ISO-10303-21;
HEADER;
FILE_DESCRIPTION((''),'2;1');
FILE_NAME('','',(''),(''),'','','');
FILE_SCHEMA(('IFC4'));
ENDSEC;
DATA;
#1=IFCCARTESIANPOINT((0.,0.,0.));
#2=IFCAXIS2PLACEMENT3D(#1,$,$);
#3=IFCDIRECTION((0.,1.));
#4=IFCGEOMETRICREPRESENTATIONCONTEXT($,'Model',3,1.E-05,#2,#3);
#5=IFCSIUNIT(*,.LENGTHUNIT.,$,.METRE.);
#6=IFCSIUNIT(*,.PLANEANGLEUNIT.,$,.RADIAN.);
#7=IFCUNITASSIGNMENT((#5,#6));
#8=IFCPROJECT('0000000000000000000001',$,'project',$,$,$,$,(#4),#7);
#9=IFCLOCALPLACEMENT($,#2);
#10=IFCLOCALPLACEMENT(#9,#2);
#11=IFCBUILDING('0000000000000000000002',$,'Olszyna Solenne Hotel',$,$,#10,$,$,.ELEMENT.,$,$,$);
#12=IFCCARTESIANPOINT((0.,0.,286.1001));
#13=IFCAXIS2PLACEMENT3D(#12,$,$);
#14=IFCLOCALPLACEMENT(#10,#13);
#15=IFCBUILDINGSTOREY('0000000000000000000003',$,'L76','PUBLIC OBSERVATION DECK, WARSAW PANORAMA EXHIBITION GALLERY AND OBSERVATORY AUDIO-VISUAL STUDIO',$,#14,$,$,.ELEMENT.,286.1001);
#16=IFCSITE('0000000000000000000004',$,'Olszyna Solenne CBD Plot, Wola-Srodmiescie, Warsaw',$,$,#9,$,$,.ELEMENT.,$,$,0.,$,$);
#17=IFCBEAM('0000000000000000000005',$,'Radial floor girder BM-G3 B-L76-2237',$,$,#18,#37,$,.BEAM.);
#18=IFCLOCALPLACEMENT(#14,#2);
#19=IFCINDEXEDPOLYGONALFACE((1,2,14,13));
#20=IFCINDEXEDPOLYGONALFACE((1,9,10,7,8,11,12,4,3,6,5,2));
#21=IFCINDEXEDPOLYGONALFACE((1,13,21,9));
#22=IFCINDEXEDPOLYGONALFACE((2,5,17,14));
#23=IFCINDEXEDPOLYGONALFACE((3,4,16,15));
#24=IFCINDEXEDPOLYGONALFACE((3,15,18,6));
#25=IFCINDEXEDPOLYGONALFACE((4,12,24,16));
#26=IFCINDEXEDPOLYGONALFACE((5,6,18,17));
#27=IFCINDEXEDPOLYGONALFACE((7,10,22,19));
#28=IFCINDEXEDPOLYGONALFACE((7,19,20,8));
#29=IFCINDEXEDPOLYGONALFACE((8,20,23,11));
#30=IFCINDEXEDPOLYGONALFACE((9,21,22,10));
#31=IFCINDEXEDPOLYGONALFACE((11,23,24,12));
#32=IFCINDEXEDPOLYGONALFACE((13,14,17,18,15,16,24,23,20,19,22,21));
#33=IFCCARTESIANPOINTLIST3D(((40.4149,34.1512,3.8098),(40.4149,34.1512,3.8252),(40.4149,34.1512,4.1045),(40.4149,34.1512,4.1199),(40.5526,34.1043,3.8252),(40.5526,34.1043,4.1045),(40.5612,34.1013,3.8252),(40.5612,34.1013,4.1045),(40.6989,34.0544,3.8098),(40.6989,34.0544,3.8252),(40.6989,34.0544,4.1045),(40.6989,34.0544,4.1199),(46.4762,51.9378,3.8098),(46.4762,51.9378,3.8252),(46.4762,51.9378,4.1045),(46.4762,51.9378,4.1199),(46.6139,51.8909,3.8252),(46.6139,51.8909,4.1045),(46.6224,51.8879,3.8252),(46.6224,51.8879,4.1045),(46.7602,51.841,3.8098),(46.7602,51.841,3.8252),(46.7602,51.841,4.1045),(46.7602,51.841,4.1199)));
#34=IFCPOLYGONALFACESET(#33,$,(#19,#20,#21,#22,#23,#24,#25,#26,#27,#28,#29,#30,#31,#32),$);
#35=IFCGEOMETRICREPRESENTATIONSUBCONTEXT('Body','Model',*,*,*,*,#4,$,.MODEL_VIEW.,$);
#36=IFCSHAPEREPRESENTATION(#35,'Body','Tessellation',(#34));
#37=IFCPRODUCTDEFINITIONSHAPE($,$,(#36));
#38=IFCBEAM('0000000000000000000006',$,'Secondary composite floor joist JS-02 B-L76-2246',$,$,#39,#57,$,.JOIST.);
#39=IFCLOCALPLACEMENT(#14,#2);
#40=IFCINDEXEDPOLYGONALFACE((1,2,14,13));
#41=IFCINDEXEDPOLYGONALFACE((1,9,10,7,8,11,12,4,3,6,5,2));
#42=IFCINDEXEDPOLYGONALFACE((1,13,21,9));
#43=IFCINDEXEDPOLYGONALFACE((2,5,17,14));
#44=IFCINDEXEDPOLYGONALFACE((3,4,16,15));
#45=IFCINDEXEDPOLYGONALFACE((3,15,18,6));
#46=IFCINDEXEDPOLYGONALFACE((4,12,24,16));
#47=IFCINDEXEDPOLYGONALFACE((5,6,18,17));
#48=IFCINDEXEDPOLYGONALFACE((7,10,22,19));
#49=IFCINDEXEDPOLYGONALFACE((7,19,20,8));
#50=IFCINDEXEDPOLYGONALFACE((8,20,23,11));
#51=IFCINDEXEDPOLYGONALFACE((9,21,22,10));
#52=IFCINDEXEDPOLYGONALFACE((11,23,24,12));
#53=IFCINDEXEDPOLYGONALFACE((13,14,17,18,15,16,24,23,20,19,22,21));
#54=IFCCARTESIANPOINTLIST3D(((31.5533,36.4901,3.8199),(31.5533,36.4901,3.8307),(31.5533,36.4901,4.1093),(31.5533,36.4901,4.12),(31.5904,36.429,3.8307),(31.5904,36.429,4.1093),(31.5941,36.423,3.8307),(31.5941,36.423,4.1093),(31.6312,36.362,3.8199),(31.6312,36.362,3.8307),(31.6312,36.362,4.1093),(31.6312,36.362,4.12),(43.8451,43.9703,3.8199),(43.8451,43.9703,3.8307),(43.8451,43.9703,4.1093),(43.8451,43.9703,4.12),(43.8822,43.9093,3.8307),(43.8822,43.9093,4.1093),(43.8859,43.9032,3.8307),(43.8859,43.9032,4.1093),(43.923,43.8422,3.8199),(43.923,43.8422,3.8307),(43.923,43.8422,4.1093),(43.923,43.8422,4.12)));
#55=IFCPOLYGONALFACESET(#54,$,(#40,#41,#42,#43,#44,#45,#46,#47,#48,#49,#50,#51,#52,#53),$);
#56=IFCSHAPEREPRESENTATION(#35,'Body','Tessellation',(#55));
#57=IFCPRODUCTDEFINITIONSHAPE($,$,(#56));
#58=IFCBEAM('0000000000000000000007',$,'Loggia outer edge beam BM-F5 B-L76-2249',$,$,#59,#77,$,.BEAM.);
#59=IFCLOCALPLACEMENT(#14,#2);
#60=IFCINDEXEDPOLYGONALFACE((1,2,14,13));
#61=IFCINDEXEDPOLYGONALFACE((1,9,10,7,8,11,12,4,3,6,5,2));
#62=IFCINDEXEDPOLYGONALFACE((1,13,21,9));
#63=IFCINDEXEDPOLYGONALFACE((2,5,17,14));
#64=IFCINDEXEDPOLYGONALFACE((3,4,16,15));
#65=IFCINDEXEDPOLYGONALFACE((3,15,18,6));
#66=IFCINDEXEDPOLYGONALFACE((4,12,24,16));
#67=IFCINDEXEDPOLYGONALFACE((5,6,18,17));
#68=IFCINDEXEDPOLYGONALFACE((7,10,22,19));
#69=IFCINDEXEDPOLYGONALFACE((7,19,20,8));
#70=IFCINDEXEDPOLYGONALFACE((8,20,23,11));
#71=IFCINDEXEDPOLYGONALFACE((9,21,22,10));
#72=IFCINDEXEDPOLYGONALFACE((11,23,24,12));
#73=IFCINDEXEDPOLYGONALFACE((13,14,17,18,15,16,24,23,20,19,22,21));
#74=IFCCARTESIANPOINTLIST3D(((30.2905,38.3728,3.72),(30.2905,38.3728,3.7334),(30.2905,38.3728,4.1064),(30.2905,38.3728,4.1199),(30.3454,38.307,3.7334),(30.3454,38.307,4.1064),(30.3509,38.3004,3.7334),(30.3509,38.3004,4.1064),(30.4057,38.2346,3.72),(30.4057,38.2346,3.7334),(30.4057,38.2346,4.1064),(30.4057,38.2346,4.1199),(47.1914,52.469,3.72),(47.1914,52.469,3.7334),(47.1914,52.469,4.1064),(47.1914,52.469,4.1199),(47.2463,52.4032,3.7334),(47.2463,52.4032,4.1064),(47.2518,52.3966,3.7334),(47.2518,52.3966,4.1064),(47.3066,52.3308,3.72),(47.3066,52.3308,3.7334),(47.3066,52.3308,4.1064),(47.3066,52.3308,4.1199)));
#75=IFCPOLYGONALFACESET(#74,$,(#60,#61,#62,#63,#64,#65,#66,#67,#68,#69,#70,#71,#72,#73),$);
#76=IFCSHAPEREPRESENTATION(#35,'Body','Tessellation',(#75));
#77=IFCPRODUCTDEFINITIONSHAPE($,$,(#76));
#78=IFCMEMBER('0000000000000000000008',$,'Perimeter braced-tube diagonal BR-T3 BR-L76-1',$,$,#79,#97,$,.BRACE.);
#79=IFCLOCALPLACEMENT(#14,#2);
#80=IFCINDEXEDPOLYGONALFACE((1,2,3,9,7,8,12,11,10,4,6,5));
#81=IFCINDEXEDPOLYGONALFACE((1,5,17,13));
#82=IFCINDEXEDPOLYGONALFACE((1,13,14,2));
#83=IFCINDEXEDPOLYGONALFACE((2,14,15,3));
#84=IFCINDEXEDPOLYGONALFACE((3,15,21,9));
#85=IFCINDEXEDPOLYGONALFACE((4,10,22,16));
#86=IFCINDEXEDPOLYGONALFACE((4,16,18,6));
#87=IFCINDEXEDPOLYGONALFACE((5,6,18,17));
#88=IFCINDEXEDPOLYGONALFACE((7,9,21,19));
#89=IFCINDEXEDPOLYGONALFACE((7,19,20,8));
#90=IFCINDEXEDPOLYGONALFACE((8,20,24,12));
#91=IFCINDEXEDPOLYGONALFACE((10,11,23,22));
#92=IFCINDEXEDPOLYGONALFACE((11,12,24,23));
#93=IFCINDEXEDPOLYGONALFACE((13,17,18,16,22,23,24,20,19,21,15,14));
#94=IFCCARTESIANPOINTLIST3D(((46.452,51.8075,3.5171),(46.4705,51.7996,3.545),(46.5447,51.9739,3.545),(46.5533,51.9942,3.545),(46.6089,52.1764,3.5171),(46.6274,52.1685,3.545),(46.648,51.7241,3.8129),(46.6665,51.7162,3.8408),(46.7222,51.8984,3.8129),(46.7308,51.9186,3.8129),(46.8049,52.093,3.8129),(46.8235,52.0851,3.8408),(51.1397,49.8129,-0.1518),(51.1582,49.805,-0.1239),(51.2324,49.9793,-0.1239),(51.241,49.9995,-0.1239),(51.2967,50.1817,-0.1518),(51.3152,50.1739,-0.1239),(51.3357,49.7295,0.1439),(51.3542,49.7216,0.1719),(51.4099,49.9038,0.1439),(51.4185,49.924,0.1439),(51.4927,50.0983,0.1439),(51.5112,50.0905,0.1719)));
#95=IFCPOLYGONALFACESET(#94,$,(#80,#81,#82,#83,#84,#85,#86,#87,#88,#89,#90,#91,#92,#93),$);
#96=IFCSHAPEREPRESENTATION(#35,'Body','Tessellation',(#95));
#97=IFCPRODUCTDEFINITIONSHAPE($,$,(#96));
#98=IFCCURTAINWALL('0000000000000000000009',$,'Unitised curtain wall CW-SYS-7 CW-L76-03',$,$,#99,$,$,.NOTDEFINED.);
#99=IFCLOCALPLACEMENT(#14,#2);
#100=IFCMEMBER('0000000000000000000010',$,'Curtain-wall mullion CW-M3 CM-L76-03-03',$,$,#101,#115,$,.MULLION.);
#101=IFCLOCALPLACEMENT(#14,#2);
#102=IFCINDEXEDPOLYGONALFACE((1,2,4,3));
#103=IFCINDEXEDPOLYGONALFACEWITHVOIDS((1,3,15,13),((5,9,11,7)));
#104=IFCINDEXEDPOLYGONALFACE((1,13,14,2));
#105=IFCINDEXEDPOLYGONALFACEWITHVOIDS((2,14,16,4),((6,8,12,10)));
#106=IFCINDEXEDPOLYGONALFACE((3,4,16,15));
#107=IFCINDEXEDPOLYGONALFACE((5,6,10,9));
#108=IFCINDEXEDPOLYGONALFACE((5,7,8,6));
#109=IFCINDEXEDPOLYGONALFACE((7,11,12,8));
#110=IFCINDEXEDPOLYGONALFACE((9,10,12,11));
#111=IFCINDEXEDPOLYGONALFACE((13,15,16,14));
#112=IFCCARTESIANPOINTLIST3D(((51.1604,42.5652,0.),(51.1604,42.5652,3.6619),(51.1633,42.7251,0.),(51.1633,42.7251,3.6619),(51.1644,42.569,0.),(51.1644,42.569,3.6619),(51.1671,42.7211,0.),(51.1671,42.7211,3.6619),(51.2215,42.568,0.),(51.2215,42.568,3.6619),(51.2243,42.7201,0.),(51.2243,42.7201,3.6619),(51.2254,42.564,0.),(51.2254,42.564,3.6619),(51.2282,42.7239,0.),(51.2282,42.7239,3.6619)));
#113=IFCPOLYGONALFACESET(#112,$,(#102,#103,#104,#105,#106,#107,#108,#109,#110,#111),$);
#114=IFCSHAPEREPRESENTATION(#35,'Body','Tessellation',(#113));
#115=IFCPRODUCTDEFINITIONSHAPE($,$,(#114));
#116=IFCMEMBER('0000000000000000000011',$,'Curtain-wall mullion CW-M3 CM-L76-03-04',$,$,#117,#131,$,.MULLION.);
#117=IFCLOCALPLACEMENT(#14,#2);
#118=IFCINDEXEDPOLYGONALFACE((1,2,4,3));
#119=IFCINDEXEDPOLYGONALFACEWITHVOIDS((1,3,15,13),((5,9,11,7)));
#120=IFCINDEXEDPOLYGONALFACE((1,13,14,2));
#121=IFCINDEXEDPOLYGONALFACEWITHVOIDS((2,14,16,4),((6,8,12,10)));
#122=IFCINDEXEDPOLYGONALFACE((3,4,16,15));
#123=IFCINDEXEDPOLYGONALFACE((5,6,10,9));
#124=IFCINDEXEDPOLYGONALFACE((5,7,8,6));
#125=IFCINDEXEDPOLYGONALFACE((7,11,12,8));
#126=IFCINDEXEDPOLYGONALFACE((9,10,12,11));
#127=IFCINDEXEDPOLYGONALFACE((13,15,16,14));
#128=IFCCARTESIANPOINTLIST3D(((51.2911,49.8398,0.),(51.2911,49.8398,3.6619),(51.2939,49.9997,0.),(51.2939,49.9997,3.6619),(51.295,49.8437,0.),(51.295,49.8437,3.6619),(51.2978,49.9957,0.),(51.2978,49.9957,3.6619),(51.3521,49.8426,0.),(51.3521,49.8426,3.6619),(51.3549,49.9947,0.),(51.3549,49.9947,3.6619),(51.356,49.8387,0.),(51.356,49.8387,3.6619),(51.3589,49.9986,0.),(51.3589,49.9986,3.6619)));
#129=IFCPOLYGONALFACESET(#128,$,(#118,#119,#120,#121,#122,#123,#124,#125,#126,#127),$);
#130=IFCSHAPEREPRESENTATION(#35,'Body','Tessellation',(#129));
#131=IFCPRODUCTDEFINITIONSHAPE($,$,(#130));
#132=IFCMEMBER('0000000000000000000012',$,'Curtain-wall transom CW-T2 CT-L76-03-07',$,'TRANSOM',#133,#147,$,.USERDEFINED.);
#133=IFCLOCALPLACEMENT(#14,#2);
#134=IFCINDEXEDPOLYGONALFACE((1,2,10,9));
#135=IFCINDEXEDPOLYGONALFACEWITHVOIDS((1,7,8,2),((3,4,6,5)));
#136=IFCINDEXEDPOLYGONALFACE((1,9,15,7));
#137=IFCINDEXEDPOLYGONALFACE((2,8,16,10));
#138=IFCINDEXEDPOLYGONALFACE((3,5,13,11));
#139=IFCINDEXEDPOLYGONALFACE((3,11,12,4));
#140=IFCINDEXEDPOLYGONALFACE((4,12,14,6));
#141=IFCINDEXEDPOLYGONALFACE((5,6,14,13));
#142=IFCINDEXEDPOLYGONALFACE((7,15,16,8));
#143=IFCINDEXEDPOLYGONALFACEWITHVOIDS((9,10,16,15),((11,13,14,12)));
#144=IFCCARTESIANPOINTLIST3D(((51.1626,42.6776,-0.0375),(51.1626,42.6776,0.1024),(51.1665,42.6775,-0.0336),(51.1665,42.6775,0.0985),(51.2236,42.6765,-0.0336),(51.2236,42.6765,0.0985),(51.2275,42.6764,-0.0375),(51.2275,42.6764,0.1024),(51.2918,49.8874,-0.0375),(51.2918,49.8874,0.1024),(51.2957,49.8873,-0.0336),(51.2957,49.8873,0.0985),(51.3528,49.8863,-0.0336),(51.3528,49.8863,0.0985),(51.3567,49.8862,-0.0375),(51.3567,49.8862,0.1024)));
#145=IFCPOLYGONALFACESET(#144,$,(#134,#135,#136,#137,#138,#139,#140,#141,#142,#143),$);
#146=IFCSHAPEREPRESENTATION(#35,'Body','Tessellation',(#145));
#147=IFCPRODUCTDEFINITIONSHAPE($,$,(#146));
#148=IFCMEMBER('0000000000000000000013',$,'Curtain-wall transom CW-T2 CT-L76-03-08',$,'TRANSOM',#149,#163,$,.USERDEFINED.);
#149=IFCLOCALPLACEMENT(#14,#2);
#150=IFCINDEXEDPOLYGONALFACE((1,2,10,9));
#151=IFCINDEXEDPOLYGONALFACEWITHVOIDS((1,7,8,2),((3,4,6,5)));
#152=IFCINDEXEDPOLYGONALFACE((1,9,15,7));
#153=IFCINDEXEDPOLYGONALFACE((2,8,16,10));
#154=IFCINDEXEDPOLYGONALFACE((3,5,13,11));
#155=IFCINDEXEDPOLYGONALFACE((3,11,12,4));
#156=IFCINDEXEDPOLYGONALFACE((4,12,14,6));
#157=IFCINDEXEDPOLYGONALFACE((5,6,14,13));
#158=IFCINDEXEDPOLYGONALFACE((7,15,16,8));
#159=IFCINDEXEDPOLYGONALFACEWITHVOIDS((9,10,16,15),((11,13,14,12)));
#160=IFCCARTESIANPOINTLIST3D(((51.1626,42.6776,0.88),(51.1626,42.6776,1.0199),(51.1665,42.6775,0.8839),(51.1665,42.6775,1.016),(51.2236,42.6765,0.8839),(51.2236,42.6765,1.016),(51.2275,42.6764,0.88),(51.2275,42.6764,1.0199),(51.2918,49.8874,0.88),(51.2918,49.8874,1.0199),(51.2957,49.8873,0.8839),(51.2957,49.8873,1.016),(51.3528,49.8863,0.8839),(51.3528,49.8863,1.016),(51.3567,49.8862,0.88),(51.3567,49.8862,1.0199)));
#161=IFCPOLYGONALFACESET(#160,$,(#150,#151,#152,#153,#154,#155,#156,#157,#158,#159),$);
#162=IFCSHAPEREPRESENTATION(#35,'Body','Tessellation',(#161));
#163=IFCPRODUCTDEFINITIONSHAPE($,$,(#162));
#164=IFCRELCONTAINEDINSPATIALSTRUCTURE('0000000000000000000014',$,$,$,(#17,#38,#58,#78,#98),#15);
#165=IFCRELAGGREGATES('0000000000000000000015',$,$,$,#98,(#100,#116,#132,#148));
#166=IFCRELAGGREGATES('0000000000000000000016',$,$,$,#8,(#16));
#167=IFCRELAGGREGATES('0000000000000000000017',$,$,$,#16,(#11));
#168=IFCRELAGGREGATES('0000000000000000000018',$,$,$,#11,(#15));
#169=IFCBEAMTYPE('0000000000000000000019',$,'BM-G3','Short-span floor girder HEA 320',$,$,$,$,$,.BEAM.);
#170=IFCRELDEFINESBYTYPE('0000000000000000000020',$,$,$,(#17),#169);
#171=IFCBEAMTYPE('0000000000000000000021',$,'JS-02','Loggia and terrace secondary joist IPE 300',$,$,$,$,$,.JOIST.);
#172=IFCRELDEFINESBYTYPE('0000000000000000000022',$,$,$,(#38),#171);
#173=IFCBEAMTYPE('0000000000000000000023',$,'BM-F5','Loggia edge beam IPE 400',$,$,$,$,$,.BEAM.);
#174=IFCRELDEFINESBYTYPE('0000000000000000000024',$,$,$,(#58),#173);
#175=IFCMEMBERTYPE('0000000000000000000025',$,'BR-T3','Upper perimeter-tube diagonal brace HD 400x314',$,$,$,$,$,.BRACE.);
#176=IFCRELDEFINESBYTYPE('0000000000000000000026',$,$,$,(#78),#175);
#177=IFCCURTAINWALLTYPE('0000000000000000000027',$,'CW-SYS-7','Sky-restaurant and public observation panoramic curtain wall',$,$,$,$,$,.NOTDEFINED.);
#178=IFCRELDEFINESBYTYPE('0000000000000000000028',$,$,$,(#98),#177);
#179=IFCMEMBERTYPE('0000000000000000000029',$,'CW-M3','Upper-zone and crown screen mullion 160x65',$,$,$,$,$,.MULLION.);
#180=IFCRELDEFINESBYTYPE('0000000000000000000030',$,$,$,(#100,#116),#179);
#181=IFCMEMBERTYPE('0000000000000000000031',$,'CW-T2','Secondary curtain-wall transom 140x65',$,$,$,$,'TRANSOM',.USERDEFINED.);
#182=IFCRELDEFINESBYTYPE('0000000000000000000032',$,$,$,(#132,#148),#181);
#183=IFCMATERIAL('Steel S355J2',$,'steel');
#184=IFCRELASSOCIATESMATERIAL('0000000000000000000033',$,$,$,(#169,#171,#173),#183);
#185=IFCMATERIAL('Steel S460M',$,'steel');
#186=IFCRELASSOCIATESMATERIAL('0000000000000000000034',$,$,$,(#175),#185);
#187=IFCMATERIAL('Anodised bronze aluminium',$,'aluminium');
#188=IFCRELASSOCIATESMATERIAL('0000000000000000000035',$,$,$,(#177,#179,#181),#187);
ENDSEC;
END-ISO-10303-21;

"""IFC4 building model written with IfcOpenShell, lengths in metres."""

from ifc_helpers import new_model, si_unit, direction, frame, origin, origin_2d, place, context, subcontext, project, spatial, hollow_rectangle, i_section, extrude, source, transform, mapped, material, material_profile, profile_set, type_object, element, aggregate, save


model = new_model("IFC4")

# Units and contexts
model_context = context("Model", 3, precision=1e-05, world=origin(), true_north=direction((0.0, 1.0)))
body_context = subcontext(model_context, "Body", "Model", "MODEL_VIEW")
ifc_project = project(units=[si_unit("LENGTHUNIT", "METRE"), si_unit("PLANEANGLEUNIT", "RADIAN")], contexts=[model_context])

# Site, building, storey
site_placement = place(None, origin())
site = spatial("IfcSite", under=ifc_project, at=site_placement, Name="Olszyna Solenne CBD Plot, Wola-Srodmiescie, Warsaw", CompositionType="ELEMENT", RefElevation=0.0)
building_placement = place(site_placement, origin())
building = spatial("IfcBuilding", under=site, at=building_placement, Name="Olszyna Solenne Hotel", CompositionType="ELEMENT")
storey_placement = place(building_placement, frame((0.0, 0.0, 286.1001)))
storey = spatial("IfcBuildingStorey", under=building, at=storey_placement, Name="L76", Description="PUBLIC OBSERVATION DECK, WARSAW PANORAMA EXHIBITION GALLERY AND OBSERVATORY AUDIO-VISUAL STUDIO", CompositionType="ELEMENT", Elevation=286.1001)

# Shared definitions
ifc_material_1 = material(Name="Steel S460M", Category="steel")
ifc_material_2 = material(Name="Steel S355J2", Category="steel")

# Beams
ifc_material_profile_1 = material_profile(ifc_material_2, i_section(OverallWidth=0.3, OverallDepth=0.3101, WebThickness=0.009, FlangeThickness=0.0154, at=origin_2d()), Name="HEA 320", Category="load-bearing")
ifc_profile_set_1 = profile_set([ifc_material_profile_1], Name="Steel S355J2")
beam_type_1 = type_object("IfcBeamType", Name="BM-G3", Description="Short-span floor girder HEA 320", PredefinedType="BEAM", material=ifc_profile_set_1)
shared_shape_1 = source(origin(), body_context, "Body", "SweptSolid", [
    extrude(i_section(OverallWidth=0.3, OverallDepth=0.3101, WebThickness=0.009, FlangeThickness=0.0154, at=origin_2d()), origin(), (0.0, 0.0, 1.0), 18.791),
])
beam_1_placement = place(storey_placement, frame((46.6182, 51.8894, 3.9648), z_axis=(-0.322562, -0.946548, 0.0), x_axis=(0.946548, -0.322562, 0.0)))
element("IfcBeam", 1, at=beam_1_placement, inside=storey, type_object=beam_type_1, Name="Radial floor girder BM-G3 B-L76-2237", PredefinedType="BEAM", context=body_context, shape_type="MappedRepresentation", body=[
    mapped(shared_shape_1, transform((0.0, 0.0, 0.0), x_axis=(1.0, 0.0, 0.0), y_axis=(0.0, 1.0, 0.0), z_axis=(0.0, 0.0, 1.0), scale=1.0)),
])
ifc_material_profile_2 = material_profile(ifc_material_2, i_section(OverallWidth=0.1499, OverallDepth=0.3, WebThickness=0.0071, FlangeThickness=0.0107, at=origin_2d()), Name="IPE 300", Category="load-bearing")
ifc_profile_set_2 = profile_set([ifc_material_profile_2], Name="Steel S355J2")
beam_type_2 = type_object("IfcBeamType", Name="JS-02", Description="Loggia and terrace secondary joist IPE 300", PredefinedType="JOIST", material=ifc_profile_set_2)
shared_shape_2 = source(origin(), body_context, "Body", "SweptSolid", [
    extrude(i_section(OverallWidth=0.1499, OverallDepth=0.3, WebThickness=0.0071, FlangeThickness=0.0107, at=origin_2d()), origin(), (0.0, 0.0, 1.0), 14.3889),
])
beam_2_placement = place(storey_placement, frame((43.884, 43.9062, 3.97), z_axis=(-0.854251, -0.51986, 0.0), x_axis=(0.51986, -0.854251, 0.0)))
element("IfcBeam", 2, at=beam_2_placement, inside=storey, type_object=beam_type_2, Name="Secondary composite floor joist JS-02 B-L76-2246", PredefinedType="JOIST", context=body_context, shape_type="MappedRepresentation", body=[
    mapped(shared_shape_2, transform((0.0, 0.0, 0.0), x_axis=(1.0, 0.0, 0.0), y_axis=(0.0, 1.0, 0.0), z_axis=(0.0, 0.0, 1.0), scale=1.0)),
])
ifc_material_profile_3 = material_profile(ifc_material_2, i_section(OverallWidth=0.1799, OverallDepth=0.3999, WebThickness=0.0085, FlangeThickness=0.0134, at=origin_2d()), Name="IPE 400", Category="load-bearing")
ifc_profile_set_3 = profile_set([ifc_material_profile_3], Name="Steel S355J2")
beam_type_3 = type_object("IfcBeamType", Name="BM-F5", Description="Loggia edge beam IPE 400", PredefinedType="BEAM", material=ifc_profile_set_3)
shared_shape_3 = source(origin(), body_context, "Body", "SweptSolid", [
    extrude(i_section(OverallWidth=0.1799, OverallDepth=0.3999, WebThickness=0.0085, FlangeThickness=0.0134, at=origin_2d()), origin(), (0.0, 0.0, 1.0), 22.0078),
])
beam_3_placement = place(storey_placement, frame((47.249, 52.3999, 3.9199), z_axis=(-0.76795, -0.64051, 0.0), x_axis=(0.64051, -0.76795, 0.0)))
element("IfcBeam", 3, at=beam_3_placement, inside=storey, type_object=beam_type_3, Name="Loggia outer edge beam BM-F5 B-L76-2249", PredefinedType="BEAM", context=body_context, shape_type="MappedRepresentation", body=[
    mapped(shared_shape_3, transform((0.0, 0.0, 0.0), x_axis=(1.0, 0.0, 0.0), y_axis=(0.0, 1.0, 0.0), z_axis=(0.0, 0.0, 1.0), scale=1.0)),
])

# Member
ifc_material_profile_4 = material_profile(ifc_material_1, i_section(OverallWidth=0.4009, OverallDepth=0.3989, WebThickness=0.022, FlangeThickness=0.0344, at=origin_2d()), Name="HD 400x314", Category="load-bearing")
ifc_profile_set_4 = profile_set([ifc_material_profile_4], Name="Steel S460M")
member_type_1 = type_object("IfcMemberType", Name="BR-T3", Description="Upper perimeter-tube diagonal brace HD 400x314", PredefinedType="BRACE", material=ifc_profile_set_4)
shared_shape_4 = source(origin(), body_context, "Body", "SweptSolid", [
    extrude(i_section(OverallWidth=0.4009, OverallDepth=0.3989, WebThickness=0.022, FlangeThickness=0.0344, at=origin_2d()), origin(), (0.0, 0.0, 1.0), 6.2781),
])
member_1_placement = place(storey_placement, frame((51.3254, 49.9517, 0.01), z_axis=(-0.746681, 0.317712, 0.584403), x_axis=(-0.391529, -0.920166, 0.0)))
element("IfcMember", 4, at=member_1_placement, inside=storey, type_object=member_type_1, Name="Perimeter braced-tube diagonal BR-T3 BR-L76-1", PredefinedType="BRACE", context=body_context, shape_type="MappedRepresentation", body=[
    mapped(shared_shape_4, transform((0.0, 0.0, 0.0), x_axis=(1.0, 0.0, 0.0), y_axis=(0.0, 1.0, 0.0), z_axis=(0.0, 0.0, 1.0), scale=1.0)),
])

# Curtain wall, members
ifc_material_3 = material(Name="Anodised bronze aluminium", Category="aluminium")
curtain_wall_type = type_object("IfcCurtainWallType", Name="CW-SYS-7", Description="Sky-restaurant and public observation panoramic curtain wall", PredefinedType="NOTDEFINED", material=ifc_material_3)
curtain_wall_placement = place(storey_placement, origin())
curtain_wall = element("IfcCurtainWall", 5, at=curtain_wall_placement, inside=storey, type_object=curtain_wall_type, Name="Unitised curtain wall CW-SYS-7 CW-L76-03", PredefinedType="NOTDEFINED")
ifc_material_profile_5 = material_profile(ifc_material_3, hollow_rectangle(XDim=0.0649, YDim=0.1599, WallThickness=0.0039, at=origin_2d()), Name="MULL 160x65x4", Category="load-bearing")
ifc_profile_set_5 = profile_set([ifc_material_profile_5], Name="Anodised bronze aluminium")
member_type_2 = type_object("IfcMemberType", Name="CW-M3", Description="Upper-zone and crown screen mullion 160x65", PredefinedType="MULLION", material=ifc_profile_set_5)
shared_shape_5 = source(origin(), body_context, "Body", "SweptSolid", [
    extrude(hollow_rectangle(XDim=0.0649, YDim=0.1599, WallThickness=0.0039, at=origin_2d()), origin(), (0.0, 0.0, 1.0), 3.6619),
])
member_2_placement = place(storey_placement, frame((51.1943, 42.6445, 0.0), z_axis=(0.0, 0.0, 1.0), x_axis=(-0.999839, 0.017934, 0.0)))
member_2 = element("IfcMember", 6, at=member_2_placement, type_object=member_type_2, Name="Curtain-wall mullion CW-M3 CM-L76-03-03", PredefinedType="MULLION", context=body_context, shape_type="MappedRepresentation", body=[
    mapped(shared_shape_5, transform((0.0, 0.0, 0.0), x_axis=(1.0, 0.0, 0.0), y_axis=(0.0, 1.0, 0.0), z_axis=(0.0, 0.0, 1.0), scale=1.0)),
])
member_3_placement = place(storey_placement, frame((51.325, 49.9192, 0.0), z_axis=(0.0, 0.0, 1.0), x_axis=(-0.999839, 0.017934, 0.0)))
member_3 = element("IfcMember", 7, at=member_3_placement, type_object=member_type_2, Name="Curtain-wall mullion CW-M3 CM-L76-03-04", PredefinedType="MULLION", context=body_context, shape_type="MappedRepresentation", body=[
    mapped(shared_shape_5, transform((0.0, 0.0, 0.0), x_axis=(1.0, 0.0, 0.0), y_axis=(0.0, 1.0, 0.0), z_axis=(0.0, 0.0, 1.0), scale=1.0)),
])
ifc_material_profile_6 = material_profile(ifc_material_3, hollow_rectangle(XDim=0.0649, YDim=0.1399, WallThickness=0.0039, at=origin_2d()), Name="TRAN 140x65x4", Category="load-bearing")
ifc_profile_set_6 = profile_set([ifc_material_profile_6], Name="Anodised bronze aluminium")
member_type_3 = type_object("IfcMemberType", Name="CW-T2", Description="Secondary curtain-wall transom 140x65", ElementType="TRANSOM", PredefinedType="USERDEFINED", material=ifc_profile_set_6)
shared_shape_6 = source(origin(), body_context, "Body", "SweptSolid", [
    extrude(hollow_rectangle(XDim=0.0649, YDim=0.1399, WallThickness=0.0039, at=origin_2d()), origin(), (0.0, 0.0, 1.0), 7.2109),
])
member_4_placement = place(storey_placement, frame((51.1951, 42.677, 0.0325), z_axis=(0.017911, 0.99984, 0.0), x_axis=(-0.99984, 0.017911, 0.0)))
member_4 = element("IfcMember", 8, at=member_4_placement, type_object=member_type_3, Name="Curtain-wall transom CW-T2 CT-L76-03-07", ObjectType="TRANSOM", PredefinedType="USERDEFINED", context=body_context, shape_type="MappedRepresentation", body=[
    mapped(shared_shape_6, transform((0.0, 0.0, 0.0), x_axis=(1.0, 0.0, 0.0), y_axis=(0.0, 1.0, 0.0), z_axis=(0.0, 0.0, 1.0), scale=1.0)),
])
member_5_placement = place(storey_placement, frame((51.1951, 42.677, 0.95), z_axis=(0.017911, 0.99984, 0.0), x_axis=(-0.99984, 0.017911, 0.0)))
member_5 = element("IfcMember", 9, at=member_5_placement, type_object=member_type_3, Name="Curtain-wall transom CW-T2 CT-L76-03-08", ObjectType="TRANSOM", PredefinedType="USERDEFINED", context=body_context, shape_type="MappedRepresentation", body=[
    mapped(shared_shape_6, transform((0.0, 0.0, 0.0), x_axis=(1.0, 0.0, 0.0), y_axis=(0.0, 1.0, 0.0), z_axis=(0.0, 0.0, 1.0), scale=1.0)),
])

aggregate(curtain_wall, [member_2, member_3, member_4, member_5])

save(model, "model.ifc")
